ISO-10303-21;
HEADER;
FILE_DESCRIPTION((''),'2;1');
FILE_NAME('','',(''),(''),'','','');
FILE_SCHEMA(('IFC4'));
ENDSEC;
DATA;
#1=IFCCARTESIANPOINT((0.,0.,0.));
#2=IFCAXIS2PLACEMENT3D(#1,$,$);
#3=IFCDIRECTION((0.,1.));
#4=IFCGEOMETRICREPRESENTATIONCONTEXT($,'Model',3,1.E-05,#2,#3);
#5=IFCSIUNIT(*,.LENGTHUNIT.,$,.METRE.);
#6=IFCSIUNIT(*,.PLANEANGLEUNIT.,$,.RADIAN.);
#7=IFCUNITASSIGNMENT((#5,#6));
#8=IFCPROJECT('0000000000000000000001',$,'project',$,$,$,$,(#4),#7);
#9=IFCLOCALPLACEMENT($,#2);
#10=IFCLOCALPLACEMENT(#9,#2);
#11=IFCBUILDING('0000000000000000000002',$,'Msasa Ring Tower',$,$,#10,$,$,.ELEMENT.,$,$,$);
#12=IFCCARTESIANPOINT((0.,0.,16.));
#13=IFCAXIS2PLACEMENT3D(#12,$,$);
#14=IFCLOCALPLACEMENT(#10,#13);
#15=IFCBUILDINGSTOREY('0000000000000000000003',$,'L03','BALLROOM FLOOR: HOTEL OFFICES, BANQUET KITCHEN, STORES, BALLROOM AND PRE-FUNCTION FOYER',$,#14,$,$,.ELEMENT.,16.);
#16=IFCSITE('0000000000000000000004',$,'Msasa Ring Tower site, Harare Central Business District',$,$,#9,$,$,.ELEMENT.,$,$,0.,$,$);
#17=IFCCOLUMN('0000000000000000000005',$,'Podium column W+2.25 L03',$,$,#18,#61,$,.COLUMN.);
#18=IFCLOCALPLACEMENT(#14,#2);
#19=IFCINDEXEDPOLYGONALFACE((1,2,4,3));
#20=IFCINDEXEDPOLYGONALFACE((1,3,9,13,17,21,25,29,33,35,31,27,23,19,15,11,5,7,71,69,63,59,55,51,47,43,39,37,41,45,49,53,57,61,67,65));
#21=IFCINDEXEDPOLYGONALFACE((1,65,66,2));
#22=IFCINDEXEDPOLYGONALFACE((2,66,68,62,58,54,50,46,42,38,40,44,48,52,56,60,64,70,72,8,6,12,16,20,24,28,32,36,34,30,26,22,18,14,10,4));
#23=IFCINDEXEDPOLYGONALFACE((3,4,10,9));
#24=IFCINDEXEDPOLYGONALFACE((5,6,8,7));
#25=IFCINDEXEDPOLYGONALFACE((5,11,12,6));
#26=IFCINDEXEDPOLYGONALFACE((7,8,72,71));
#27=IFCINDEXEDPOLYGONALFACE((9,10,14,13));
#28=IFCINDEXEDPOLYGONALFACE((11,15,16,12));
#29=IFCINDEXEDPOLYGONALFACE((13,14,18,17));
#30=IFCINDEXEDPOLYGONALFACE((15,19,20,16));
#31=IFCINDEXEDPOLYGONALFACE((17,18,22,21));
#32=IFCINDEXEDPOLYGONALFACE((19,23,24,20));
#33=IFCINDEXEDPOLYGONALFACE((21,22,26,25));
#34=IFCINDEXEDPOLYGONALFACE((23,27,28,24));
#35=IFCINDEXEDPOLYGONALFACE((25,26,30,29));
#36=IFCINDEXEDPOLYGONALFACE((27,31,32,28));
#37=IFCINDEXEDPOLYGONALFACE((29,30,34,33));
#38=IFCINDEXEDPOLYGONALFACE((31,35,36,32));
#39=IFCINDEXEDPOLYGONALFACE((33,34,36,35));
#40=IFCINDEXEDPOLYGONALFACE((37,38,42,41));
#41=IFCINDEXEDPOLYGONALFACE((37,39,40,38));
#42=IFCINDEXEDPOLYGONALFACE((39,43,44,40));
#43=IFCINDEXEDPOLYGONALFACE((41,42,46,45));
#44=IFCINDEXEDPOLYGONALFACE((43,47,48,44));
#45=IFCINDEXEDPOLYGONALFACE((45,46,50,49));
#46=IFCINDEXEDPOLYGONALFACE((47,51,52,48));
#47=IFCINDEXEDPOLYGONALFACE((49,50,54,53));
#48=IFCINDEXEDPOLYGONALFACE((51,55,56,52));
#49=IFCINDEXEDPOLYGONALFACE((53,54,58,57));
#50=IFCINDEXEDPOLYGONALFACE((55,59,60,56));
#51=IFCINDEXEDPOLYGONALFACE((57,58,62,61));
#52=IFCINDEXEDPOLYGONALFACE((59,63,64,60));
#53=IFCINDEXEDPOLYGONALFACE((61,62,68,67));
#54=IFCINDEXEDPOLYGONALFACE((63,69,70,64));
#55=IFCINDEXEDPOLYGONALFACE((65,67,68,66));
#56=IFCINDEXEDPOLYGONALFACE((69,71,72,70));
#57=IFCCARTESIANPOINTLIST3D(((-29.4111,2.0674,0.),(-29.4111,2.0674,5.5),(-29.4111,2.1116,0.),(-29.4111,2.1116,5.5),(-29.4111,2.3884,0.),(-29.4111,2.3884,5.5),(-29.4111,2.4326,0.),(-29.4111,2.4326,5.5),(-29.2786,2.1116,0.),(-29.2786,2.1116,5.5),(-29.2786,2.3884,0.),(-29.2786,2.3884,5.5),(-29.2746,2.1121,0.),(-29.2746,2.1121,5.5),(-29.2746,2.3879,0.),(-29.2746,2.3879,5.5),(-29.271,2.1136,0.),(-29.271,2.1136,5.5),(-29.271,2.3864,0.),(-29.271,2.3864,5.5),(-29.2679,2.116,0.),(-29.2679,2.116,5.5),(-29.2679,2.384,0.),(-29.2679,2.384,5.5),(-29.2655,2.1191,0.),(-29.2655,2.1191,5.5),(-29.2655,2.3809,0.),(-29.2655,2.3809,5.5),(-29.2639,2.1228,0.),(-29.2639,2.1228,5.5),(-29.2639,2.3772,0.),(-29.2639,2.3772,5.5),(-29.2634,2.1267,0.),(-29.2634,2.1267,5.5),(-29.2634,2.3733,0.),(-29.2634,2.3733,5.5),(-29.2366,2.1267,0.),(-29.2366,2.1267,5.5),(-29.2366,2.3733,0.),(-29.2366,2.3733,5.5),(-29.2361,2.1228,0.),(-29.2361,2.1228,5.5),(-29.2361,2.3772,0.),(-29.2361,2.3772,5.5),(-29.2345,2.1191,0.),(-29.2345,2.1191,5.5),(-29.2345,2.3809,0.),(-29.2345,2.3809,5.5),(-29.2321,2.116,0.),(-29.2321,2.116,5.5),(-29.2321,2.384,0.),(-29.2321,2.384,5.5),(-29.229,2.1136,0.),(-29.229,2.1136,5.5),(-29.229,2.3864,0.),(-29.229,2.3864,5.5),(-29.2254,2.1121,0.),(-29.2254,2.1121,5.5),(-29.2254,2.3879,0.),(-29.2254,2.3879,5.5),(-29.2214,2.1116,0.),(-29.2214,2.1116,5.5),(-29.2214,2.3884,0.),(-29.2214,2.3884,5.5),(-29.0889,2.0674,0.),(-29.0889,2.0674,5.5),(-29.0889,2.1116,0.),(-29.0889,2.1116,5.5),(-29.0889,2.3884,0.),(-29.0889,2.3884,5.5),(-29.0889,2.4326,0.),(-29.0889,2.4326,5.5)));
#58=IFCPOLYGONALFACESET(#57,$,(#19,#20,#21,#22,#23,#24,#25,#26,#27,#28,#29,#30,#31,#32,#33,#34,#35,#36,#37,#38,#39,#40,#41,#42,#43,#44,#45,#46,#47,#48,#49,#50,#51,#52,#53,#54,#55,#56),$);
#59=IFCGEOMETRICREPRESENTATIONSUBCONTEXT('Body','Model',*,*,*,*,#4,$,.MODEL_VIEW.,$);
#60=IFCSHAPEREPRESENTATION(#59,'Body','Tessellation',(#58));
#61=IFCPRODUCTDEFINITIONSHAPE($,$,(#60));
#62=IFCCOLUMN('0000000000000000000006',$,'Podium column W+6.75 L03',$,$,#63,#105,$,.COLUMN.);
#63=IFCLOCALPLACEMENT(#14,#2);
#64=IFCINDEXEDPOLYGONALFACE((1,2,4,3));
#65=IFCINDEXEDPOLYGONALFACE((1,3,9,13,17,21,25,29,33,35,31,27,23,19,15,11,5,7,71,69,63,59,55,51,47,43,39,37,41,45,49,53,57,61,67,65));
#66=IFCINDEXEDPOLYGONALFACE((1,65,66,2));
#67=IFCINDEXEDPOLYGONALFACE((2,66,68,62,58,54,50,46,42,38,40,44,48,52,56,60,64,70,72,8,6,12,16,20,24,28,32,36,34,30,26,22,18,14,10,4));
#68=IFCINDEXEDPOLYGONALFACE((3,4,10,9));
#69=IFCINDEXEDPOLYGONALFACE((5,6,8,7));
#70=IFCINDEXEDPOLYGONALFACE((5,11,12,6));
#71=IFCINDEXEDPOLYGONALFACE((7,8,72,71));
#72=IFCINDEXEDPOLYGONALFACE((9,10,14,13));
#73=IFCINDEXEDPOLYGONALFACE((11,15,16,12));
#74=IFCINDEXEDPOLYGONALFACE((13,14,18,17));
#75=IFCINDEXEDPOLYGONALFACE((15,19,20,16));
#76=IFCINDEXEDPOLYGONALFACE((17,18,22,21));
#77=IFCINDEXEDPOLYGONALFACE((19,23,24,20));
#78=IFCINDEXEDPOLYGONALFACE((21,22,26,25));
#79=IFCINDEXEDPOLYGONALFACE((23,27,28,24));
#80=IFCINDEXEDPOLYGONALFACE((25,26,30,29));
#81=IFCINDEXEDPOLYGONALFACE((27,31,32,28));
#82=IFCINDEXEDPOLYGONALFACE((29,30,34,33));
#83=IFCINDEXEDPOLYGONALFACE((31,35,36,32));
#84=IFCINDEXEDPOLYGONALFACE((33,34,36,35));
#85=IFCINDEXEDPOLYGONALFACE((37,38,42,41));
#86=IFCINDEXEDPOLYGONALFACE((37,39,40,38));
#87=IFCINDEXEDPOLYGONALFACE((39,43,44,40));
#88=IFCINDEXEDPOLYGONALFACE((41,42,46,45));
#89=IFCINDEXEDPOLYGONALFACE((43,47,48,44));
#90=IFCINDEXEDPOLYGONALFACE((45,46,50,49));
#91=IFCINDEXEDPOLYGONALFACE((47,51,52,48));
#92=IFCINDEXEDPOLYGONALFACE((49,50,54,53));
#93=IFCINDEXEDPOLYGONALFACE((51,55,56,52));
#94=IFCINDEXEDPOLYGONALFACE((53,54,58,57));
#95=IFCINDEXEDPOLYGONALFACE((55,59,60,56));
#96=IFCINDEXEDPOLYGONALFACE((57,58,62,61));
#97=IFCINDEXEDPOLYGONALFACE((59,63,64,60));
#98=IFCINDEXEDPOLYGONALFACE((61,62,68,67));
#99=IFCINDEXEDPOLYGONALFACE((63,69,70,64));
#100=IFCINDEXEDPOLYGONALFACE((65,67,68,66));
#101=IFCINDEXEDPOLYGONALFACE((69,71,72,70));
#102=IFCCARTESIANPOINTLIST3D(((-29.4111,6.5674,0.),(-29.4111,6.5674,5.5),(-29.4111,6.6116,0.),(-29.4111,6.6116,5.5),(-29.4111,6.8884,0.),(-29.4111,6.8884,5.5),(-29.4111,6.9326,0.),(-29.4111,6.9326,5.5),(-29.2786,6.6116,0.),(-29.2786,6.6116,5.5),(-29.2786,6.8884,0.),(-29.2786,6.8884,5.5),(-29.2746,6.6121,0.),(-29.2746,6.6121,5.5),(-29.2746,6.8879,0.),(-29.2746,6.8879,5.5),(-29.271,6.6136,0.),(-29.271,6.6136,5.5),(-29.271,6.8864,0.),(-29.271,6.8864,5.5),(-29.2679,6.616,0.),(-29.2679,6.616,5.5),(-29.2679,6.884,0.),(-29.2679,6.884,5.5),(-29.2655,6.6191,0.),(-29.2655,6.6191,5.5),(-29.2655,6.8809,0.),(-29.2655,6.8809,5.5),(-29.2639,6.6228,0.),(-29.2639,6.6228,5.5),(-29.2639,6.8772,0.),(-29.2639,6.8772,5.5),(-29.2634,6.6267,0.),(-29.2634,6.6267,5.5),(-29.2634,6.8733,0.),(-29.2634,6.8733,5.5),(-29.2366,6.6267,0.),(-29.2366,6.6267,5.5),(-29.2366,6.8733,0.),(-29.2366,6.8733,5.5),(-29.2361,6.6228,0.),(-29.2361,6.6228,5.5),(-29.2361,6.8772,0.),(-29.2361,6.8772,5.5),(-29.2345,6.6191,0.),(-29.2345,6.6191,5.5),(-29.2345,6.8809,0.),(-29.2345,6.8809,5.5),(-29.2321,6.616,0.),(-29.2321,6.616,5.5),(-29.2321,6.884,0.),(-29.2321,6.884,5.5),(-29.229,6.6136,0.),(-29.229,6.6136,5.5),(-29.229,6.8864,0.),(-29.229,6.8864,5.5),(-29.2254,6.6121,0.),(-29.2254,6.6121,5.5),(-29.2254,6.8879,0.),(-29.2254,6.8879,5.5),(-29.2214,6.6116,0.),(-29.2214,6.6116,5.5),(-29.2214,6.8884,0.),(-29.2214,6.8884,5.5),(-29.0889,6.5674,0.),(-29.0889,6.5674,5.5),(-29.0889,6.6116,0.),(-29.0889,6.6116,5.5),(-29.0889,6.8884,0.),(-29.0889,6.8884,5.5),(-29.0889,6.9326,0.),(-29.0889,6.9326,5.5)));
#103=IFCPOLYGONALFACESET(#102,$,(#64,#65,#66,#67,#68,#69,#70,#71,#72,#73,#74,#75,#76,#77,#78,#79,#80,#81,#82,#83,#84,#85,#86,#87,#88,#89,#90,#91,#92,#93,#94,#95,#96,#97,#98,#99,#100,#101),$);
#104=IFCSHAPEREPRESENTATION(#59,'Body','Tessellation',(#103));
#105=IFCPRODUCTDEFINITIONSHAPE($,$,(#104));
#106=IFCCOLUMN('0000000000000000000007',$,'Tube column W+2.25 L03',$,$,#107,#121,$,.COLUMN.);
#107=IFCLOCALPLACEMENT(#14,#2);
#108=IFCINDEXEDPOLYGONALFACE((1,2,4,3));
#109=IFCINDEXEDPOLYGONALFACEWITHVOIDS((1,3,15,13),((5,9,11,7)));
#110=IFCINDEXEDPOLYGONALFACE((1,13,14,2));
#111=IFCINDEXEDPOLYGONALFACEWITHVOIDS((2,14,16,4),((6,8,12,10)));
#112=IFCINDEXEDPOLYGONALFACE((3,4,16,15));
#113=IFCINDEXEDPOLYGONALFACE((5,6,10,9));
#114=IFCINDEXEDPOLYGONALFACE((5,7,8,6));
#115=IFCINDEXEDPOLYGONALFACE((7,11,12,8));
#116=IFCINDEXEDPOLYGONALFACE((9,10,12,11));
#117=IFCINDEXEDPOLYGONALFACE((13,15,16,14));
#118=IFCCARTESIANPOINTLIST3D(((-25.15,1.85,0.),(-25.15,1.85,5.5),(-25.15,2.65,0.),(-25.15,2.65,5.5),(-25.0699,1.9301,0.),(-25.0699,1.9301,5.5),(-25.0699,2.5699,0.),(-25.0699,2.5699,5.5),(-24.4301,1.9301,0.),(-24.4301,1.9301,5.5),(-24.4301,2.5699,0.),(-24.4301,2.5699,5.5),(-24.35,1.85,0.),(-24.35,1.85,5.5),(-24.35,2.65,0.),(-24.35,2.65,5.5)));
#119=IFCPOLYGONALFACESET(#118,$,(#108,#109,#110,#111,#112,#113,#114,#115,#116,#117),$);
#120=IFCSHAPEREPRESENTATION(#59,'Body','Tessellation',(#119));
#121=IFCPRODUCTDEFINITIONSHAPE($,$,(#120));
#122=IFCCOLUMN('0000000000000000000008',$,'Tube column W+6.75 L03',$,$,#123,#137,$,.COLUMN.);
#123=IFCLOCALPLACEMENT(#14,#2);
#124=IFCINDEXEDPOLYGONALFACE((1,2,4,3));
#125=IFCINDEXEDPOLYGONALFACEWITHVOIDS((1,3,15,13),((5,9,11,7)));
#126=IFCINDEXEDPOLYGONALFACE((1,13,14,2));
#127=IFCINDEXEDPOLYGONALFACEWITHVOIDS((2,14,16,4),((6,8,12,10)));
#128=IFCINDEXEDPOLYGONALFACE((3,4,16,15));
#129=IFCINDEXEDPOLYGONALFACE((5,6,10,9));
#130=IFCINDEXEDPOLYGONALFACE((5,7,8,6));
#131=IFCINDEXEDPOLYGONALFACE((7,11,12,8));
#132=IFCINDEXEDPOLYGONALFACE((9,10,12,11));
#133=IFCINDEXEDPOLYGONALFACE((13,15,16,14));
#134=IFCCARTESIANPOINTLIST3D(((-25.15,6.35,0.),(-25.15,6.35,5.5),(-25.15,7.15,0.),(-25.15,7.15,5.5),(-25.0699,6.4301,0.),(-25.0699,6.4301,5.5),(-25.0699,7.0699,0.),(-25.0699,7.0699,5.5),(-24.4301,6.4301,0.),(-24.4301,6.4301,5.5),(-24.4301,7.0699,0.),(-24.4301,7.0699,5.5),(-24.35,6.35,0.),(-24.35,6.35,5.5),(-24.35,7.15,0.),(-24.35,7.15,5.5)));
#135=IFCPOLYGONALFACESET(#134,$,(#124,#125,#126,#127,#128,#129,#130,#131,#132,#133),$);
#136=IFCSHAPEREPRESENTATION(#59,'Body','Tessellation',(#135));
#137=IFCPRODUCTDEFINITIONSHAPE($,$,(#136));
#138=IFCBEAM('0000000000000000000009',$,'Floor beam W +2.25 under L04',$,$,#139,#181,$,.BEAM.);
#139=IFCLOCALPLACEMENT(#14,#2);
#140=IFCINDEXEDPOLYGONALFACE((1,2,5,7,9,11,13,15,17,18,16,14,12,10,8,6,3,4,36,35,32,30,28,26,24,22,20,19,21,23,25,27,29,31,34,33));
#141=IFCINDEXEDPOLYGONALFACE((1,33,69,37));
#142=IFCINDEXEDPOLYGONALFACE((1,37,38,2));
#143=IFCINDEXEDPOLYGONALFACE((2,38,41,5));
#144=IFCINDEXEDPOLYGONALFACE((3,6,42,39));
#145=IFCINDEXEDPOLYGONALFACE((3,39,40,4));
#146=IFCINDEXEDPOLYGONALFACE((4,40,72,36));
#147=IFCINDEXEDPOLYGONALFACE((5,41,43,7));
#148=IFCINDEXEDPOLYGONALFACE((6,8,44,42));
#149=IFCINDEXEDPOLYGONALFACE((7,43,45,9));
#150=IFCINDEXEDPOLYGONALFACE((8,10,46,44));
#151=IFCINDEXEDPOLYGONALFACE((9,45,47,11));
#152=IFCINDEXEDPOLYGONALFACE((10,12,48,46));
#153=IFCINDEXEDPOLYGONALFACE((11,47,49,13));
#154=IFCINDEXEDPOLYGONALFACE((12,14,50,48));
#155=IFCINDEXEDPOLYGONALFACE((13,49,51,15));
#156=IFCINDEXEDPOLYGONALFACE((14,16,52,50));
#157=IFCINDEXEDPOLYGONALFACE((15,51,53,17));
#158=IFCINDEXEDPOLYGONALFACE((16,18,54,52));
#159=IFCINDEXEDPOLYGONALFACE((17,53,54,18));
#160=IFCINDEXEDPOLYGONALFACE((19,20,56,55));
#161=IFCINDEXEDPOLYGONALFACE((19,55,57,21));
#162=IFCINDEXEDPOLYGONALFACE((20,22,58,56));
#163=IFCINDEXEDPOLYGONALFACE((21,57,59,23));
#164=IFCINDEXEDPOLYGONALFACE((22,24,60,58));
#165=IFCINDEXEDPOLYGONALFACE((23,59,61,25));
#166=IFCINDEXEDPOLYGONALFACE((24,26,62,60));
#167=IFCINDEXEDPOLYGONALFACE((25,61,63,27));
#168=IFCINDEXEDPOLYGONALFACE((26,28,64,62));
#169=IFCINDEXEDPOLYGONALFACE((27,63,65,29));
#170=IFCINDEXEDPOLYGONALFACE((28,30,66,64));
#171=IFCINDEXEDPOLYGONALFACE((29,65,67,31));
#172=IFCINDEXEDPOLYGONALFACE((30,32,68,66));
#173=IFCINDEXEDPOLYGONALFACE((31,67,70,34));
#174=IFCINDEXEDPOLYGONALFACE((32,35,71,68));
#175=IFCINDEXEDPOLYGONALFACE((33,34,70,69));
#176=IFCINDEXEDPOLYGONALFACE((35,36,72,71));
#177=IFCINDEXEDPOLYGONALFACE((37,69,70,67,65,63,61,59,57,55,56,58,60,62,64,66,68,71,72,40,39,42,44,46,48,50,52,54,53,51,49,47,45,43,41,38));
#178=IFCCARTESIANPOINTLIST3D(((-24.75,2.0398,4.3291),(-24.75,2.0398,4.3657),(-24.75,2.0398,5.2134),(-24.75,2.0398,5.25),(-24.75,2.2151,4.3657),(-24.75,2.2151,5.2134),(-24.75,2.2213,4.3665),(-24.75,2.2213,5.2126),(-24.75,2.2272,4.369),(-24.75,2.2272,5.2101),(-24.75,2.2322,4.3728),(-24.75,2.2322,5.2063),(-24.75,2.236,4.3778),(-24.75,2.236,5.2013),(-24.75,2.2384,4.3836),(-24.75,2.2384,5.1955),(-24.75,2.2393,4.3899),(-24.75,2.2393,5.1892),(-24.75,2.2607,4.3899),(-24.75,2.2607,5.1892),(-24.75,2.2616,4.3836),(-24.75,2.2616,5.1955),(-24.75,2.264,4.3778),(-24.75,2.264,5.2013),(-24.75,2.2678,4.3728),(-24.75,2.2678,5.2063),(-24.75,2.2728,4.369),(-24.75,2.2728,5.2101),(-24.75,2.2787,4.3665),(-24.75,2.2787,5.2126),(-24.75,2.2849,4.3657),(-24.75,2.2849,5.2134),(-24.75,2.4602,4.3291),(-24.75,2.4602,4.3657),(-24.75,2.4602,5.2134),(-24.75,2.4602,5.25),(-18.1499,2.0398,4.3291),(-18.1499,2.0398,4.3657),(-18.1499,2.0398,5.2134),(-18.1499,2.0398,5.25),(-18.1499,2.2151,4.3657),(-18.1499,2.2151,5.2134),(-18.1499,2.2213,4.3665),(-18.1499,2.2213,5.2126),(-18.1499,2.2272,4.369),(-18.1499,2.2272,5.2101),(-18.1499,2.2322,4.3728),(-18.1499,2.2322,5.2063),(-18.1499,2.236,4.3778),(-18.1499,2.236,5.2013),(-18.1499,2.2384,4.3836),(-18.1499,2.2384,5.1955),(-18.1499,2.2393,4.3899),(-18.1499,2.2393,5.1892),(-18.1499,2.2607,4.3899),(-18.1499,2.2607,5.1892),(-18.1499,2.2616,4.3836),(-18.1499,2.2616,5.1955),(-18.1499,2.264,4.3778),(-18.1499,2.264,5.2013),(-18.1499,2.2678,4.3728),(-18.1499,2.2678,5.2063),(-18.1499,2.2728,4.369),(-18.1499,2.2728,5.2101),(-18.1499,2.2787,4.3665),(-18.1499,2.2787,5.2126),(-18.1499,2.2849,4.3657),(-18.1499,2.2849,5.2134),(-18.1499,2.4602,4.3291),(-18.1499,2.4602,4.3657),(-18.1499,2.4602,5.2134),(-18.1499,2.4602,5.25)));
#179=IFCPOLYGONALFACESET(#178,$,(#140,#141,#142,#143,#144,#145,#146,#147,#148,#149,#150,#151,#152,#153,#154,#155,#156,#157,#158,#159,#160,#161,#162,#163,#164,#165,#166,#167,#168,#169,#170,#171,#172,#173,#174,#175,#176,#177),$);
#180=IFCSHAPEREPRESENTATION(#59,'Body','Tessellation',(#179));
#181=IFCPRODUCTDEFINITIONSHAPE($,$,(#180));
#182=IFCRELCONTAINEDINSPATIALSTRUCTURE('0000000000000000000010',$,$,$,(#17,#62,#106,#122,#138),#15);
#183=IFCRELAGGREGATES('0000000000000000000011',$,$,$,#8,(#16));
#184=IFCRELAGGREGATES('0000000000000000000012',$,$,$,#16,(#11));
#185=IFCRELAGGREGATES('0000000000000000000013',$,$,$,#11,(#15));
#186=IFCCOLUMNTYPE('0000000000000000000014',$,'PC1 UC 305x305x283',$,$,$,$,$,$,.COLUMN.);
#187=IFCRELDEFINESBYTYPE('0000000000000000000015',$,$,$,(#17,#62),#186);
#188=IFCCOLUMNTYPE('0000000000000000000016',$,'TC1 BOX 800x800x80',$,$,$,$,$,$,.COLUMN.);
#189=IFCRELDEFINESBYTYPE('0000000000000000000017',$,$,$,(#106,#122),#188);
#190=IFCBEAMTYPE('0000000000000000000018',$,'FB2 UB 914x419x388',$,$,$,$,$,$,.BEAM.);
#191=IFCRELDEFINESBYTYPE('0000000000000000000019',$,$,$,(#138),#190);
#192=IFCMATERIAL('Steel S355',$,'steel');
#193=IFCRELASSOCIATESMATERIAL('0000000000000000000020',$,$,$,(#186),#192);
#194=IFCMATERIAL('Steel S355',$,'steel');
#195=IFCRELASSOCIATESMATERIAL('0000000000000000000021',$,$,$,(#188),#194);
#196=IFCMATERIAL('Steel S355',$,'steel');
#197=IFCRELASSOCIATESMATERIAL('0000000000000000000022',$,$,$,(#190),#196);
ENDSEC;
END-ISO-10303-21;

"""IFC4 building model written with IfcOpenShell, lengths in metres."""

from ifc_helpers import new_model, si_unit, direction, frame, origin, origin_2d, place, context, subcontext, project, spatial, hollow_rectangle, i_section, extrude, material, material_profile, profile_set, type_object, element, save


model = new_model("IFC4")

# Units and contexts
model_context = context("Model", 3, precision=1e-05, world=origin(), true_north=direction((0.0, 1.0)))
body_context = subcontext(model_context, "Body", "Model", "MODEL_VIEW")
ifc_project = project(units=[si_unit("LENGTHUNIT", "METRE"), si_unit("PLANEANGLEUNIT", "RADIAN")], contexts=[model_context])

# Site, building, storey
site_placement = place(None, origin())
site = spatial("IfcSite", under=ifc_project, at=site_placement, Name="Msasa Ring Tower site, Harare Central Business District", CompositionType="ELEMENT", RefElevation=0.0)
building_placement = place(site_placement, origin())
building = spatial("IfcBuilding", under=site, at=building_placement, Name="Msasa Ring Tower", CompositionType="ELEMENT")
storey_placement = place(building_placement, frame((0.0, 0.0, 16.0)))
storey = spatial("IfcBuildingStorey", under=building, at=storey_placement, Name="L03", Description="BALLROOM FLOOR: HOTEL OFFICES, BANQUET KITCHEN, STORES, BALLROOM AND PRE-FUNCTION FOYER", CompositionType="ELEMENT", Elevation=16.0)

# Columns
ifc_material_1 = material(Name="Steel S355", Category="steel")
ifc_material_profile_1 = material_profile(ifc_material_1, i_section(OverallWidth=0.3223, OverallDepth=0.3652, WebThickness=0.0269, FlangeThickness=0.0442, FilletRadius=0.0151, at=origin_2d()), Name="UC 305x305x283")
ifc_profile_set_1 = profile_set([ifc_material_profile_1], Name="Steel S355")
column_type_1 = type_object("IfcColumnType", Name="PC1 UC 305x305x283", PredefinedType="COLUMN", material=ifc_profile_set_1)
for number, where, z_axis, x_axis, name in (
    (1, (-29.25, 2.25, 0.0), (0.0, 0.0, 1.0), (1.0, 0.0, 0.0), "Podium column W+2.25 L03"),
    (2, (-29.25, 6.75, 0.0), (0.0, 0.0, 1.0), (1.0, 0.0, 0.0), "Podium column W+6.75 L03"),
):
    element("IfcColumn", number, at=place(storey_placement, frame(where, z_axis=z_axis, x_axis=x_axis)), inside=storey, type_object=column_type_1, Name=name, PredefinedType="COLUMN", context=body_context, shape_type="SweptSolid", body=[
        extrude(i_section(OverallWidth=0.3223, OverallDepth=0.3652, WebThickness=0.0269, FlangeThickness=0.0442, FilletRadius=0.0151, at=origin_2d()), origin(), (0.0, 0.0, 1.0), 5.5),
    ])
ifc_material_2 = material(Name="Steel S355", Category="steel")
ifc_material_profile_2 = material_profile(ifc_material_2, hollow_rectangle(XDim=0.8, YDim=0.8, WallThickness=0.0801, at=origin_2d()), Name="BOX 800x800x80")
ifc_profile_set_2 = profile_set([ifc_material_profile_2], Name="Steel S355")
column_type_2 = type_object("IfcColumnType", Name="TC1 BOX 800x800x80", PredefinedType="COLUMN", material=ifc_profile_set_2)
for number, where, z_axis, x_axis, name in (
    (3, (-24.75, 2.25, 0.0), (0.0, 0.0, 1.0), (1.0, 0.0, 0.0), "Tube column W+2.25 L03"),
    (4, (-24.75, 6.75, 0.0), (0.0, 0.0, 1.0), (1.0, 0.0, 0.0), "Tube column W+6.75 L03"),
):
    element("IfcColumn", number, at=place(storey_placement, frame(where, z_axis=z_axis, x_axis=x_axis)), inside=storey, type_object=column_type_2, Name=name, PredefinedType="COLUMN", context=body_context, shape_type="SweptSolid", body=[
        extrude(hollow_rectangle(XDim=0.8, YDim=0.8, WallThickness=0.0801, at=origin_2d()), origin(), (0.0, 0.0, 1.0), 5.5),
    ])

# Beam
ifc_material_3 = material(Name="Steel S355", Category="steel")
ifc_material_profile_3 = material_profile(ifc_material_3, i_section(OverallWidth=0.4204, OverallDepth=0.9209, WebThickness=0.0215, FlangeThickness=0.0366, FilletRadius=0.0242, at=origin_2d()), Name="UB 914x419x388")
ifc_profile_set_3 = profile_set([ifc_material_profile_3], Name="Steel S355")
beam_type_1 = type_object("IfcBeamType", Name="FB2 UB 914x419x388", PredefinedType="BEAM", material=ifc_profile_set_3)
beam_placement = place(storey_placement, frame((-24.75, 2.25, 4.7896), z_axis=(1.0, 0.0, 0.0), x_axis=(0.0, 1.0, 0.0)))
element("IfcBeam", 5, at=beam_placement, inside=storey, type_object=beam_type_1, Name="Floor beam W +2.25 under L04", PredefinedType="BEAM", context=body_context, shape_type="SweptSolid", body=[
    extrude(i_section(OverallWidth=0.4204, OverallDepth=0.9209, WebThickness=0.0215, FlangeThickness=0.0366, FilletRadius=0.0242, at=origin_2d()), origin(), (0.0, 0.0, 1.0), 6.6001),
])

save(model, "model.ifc")
